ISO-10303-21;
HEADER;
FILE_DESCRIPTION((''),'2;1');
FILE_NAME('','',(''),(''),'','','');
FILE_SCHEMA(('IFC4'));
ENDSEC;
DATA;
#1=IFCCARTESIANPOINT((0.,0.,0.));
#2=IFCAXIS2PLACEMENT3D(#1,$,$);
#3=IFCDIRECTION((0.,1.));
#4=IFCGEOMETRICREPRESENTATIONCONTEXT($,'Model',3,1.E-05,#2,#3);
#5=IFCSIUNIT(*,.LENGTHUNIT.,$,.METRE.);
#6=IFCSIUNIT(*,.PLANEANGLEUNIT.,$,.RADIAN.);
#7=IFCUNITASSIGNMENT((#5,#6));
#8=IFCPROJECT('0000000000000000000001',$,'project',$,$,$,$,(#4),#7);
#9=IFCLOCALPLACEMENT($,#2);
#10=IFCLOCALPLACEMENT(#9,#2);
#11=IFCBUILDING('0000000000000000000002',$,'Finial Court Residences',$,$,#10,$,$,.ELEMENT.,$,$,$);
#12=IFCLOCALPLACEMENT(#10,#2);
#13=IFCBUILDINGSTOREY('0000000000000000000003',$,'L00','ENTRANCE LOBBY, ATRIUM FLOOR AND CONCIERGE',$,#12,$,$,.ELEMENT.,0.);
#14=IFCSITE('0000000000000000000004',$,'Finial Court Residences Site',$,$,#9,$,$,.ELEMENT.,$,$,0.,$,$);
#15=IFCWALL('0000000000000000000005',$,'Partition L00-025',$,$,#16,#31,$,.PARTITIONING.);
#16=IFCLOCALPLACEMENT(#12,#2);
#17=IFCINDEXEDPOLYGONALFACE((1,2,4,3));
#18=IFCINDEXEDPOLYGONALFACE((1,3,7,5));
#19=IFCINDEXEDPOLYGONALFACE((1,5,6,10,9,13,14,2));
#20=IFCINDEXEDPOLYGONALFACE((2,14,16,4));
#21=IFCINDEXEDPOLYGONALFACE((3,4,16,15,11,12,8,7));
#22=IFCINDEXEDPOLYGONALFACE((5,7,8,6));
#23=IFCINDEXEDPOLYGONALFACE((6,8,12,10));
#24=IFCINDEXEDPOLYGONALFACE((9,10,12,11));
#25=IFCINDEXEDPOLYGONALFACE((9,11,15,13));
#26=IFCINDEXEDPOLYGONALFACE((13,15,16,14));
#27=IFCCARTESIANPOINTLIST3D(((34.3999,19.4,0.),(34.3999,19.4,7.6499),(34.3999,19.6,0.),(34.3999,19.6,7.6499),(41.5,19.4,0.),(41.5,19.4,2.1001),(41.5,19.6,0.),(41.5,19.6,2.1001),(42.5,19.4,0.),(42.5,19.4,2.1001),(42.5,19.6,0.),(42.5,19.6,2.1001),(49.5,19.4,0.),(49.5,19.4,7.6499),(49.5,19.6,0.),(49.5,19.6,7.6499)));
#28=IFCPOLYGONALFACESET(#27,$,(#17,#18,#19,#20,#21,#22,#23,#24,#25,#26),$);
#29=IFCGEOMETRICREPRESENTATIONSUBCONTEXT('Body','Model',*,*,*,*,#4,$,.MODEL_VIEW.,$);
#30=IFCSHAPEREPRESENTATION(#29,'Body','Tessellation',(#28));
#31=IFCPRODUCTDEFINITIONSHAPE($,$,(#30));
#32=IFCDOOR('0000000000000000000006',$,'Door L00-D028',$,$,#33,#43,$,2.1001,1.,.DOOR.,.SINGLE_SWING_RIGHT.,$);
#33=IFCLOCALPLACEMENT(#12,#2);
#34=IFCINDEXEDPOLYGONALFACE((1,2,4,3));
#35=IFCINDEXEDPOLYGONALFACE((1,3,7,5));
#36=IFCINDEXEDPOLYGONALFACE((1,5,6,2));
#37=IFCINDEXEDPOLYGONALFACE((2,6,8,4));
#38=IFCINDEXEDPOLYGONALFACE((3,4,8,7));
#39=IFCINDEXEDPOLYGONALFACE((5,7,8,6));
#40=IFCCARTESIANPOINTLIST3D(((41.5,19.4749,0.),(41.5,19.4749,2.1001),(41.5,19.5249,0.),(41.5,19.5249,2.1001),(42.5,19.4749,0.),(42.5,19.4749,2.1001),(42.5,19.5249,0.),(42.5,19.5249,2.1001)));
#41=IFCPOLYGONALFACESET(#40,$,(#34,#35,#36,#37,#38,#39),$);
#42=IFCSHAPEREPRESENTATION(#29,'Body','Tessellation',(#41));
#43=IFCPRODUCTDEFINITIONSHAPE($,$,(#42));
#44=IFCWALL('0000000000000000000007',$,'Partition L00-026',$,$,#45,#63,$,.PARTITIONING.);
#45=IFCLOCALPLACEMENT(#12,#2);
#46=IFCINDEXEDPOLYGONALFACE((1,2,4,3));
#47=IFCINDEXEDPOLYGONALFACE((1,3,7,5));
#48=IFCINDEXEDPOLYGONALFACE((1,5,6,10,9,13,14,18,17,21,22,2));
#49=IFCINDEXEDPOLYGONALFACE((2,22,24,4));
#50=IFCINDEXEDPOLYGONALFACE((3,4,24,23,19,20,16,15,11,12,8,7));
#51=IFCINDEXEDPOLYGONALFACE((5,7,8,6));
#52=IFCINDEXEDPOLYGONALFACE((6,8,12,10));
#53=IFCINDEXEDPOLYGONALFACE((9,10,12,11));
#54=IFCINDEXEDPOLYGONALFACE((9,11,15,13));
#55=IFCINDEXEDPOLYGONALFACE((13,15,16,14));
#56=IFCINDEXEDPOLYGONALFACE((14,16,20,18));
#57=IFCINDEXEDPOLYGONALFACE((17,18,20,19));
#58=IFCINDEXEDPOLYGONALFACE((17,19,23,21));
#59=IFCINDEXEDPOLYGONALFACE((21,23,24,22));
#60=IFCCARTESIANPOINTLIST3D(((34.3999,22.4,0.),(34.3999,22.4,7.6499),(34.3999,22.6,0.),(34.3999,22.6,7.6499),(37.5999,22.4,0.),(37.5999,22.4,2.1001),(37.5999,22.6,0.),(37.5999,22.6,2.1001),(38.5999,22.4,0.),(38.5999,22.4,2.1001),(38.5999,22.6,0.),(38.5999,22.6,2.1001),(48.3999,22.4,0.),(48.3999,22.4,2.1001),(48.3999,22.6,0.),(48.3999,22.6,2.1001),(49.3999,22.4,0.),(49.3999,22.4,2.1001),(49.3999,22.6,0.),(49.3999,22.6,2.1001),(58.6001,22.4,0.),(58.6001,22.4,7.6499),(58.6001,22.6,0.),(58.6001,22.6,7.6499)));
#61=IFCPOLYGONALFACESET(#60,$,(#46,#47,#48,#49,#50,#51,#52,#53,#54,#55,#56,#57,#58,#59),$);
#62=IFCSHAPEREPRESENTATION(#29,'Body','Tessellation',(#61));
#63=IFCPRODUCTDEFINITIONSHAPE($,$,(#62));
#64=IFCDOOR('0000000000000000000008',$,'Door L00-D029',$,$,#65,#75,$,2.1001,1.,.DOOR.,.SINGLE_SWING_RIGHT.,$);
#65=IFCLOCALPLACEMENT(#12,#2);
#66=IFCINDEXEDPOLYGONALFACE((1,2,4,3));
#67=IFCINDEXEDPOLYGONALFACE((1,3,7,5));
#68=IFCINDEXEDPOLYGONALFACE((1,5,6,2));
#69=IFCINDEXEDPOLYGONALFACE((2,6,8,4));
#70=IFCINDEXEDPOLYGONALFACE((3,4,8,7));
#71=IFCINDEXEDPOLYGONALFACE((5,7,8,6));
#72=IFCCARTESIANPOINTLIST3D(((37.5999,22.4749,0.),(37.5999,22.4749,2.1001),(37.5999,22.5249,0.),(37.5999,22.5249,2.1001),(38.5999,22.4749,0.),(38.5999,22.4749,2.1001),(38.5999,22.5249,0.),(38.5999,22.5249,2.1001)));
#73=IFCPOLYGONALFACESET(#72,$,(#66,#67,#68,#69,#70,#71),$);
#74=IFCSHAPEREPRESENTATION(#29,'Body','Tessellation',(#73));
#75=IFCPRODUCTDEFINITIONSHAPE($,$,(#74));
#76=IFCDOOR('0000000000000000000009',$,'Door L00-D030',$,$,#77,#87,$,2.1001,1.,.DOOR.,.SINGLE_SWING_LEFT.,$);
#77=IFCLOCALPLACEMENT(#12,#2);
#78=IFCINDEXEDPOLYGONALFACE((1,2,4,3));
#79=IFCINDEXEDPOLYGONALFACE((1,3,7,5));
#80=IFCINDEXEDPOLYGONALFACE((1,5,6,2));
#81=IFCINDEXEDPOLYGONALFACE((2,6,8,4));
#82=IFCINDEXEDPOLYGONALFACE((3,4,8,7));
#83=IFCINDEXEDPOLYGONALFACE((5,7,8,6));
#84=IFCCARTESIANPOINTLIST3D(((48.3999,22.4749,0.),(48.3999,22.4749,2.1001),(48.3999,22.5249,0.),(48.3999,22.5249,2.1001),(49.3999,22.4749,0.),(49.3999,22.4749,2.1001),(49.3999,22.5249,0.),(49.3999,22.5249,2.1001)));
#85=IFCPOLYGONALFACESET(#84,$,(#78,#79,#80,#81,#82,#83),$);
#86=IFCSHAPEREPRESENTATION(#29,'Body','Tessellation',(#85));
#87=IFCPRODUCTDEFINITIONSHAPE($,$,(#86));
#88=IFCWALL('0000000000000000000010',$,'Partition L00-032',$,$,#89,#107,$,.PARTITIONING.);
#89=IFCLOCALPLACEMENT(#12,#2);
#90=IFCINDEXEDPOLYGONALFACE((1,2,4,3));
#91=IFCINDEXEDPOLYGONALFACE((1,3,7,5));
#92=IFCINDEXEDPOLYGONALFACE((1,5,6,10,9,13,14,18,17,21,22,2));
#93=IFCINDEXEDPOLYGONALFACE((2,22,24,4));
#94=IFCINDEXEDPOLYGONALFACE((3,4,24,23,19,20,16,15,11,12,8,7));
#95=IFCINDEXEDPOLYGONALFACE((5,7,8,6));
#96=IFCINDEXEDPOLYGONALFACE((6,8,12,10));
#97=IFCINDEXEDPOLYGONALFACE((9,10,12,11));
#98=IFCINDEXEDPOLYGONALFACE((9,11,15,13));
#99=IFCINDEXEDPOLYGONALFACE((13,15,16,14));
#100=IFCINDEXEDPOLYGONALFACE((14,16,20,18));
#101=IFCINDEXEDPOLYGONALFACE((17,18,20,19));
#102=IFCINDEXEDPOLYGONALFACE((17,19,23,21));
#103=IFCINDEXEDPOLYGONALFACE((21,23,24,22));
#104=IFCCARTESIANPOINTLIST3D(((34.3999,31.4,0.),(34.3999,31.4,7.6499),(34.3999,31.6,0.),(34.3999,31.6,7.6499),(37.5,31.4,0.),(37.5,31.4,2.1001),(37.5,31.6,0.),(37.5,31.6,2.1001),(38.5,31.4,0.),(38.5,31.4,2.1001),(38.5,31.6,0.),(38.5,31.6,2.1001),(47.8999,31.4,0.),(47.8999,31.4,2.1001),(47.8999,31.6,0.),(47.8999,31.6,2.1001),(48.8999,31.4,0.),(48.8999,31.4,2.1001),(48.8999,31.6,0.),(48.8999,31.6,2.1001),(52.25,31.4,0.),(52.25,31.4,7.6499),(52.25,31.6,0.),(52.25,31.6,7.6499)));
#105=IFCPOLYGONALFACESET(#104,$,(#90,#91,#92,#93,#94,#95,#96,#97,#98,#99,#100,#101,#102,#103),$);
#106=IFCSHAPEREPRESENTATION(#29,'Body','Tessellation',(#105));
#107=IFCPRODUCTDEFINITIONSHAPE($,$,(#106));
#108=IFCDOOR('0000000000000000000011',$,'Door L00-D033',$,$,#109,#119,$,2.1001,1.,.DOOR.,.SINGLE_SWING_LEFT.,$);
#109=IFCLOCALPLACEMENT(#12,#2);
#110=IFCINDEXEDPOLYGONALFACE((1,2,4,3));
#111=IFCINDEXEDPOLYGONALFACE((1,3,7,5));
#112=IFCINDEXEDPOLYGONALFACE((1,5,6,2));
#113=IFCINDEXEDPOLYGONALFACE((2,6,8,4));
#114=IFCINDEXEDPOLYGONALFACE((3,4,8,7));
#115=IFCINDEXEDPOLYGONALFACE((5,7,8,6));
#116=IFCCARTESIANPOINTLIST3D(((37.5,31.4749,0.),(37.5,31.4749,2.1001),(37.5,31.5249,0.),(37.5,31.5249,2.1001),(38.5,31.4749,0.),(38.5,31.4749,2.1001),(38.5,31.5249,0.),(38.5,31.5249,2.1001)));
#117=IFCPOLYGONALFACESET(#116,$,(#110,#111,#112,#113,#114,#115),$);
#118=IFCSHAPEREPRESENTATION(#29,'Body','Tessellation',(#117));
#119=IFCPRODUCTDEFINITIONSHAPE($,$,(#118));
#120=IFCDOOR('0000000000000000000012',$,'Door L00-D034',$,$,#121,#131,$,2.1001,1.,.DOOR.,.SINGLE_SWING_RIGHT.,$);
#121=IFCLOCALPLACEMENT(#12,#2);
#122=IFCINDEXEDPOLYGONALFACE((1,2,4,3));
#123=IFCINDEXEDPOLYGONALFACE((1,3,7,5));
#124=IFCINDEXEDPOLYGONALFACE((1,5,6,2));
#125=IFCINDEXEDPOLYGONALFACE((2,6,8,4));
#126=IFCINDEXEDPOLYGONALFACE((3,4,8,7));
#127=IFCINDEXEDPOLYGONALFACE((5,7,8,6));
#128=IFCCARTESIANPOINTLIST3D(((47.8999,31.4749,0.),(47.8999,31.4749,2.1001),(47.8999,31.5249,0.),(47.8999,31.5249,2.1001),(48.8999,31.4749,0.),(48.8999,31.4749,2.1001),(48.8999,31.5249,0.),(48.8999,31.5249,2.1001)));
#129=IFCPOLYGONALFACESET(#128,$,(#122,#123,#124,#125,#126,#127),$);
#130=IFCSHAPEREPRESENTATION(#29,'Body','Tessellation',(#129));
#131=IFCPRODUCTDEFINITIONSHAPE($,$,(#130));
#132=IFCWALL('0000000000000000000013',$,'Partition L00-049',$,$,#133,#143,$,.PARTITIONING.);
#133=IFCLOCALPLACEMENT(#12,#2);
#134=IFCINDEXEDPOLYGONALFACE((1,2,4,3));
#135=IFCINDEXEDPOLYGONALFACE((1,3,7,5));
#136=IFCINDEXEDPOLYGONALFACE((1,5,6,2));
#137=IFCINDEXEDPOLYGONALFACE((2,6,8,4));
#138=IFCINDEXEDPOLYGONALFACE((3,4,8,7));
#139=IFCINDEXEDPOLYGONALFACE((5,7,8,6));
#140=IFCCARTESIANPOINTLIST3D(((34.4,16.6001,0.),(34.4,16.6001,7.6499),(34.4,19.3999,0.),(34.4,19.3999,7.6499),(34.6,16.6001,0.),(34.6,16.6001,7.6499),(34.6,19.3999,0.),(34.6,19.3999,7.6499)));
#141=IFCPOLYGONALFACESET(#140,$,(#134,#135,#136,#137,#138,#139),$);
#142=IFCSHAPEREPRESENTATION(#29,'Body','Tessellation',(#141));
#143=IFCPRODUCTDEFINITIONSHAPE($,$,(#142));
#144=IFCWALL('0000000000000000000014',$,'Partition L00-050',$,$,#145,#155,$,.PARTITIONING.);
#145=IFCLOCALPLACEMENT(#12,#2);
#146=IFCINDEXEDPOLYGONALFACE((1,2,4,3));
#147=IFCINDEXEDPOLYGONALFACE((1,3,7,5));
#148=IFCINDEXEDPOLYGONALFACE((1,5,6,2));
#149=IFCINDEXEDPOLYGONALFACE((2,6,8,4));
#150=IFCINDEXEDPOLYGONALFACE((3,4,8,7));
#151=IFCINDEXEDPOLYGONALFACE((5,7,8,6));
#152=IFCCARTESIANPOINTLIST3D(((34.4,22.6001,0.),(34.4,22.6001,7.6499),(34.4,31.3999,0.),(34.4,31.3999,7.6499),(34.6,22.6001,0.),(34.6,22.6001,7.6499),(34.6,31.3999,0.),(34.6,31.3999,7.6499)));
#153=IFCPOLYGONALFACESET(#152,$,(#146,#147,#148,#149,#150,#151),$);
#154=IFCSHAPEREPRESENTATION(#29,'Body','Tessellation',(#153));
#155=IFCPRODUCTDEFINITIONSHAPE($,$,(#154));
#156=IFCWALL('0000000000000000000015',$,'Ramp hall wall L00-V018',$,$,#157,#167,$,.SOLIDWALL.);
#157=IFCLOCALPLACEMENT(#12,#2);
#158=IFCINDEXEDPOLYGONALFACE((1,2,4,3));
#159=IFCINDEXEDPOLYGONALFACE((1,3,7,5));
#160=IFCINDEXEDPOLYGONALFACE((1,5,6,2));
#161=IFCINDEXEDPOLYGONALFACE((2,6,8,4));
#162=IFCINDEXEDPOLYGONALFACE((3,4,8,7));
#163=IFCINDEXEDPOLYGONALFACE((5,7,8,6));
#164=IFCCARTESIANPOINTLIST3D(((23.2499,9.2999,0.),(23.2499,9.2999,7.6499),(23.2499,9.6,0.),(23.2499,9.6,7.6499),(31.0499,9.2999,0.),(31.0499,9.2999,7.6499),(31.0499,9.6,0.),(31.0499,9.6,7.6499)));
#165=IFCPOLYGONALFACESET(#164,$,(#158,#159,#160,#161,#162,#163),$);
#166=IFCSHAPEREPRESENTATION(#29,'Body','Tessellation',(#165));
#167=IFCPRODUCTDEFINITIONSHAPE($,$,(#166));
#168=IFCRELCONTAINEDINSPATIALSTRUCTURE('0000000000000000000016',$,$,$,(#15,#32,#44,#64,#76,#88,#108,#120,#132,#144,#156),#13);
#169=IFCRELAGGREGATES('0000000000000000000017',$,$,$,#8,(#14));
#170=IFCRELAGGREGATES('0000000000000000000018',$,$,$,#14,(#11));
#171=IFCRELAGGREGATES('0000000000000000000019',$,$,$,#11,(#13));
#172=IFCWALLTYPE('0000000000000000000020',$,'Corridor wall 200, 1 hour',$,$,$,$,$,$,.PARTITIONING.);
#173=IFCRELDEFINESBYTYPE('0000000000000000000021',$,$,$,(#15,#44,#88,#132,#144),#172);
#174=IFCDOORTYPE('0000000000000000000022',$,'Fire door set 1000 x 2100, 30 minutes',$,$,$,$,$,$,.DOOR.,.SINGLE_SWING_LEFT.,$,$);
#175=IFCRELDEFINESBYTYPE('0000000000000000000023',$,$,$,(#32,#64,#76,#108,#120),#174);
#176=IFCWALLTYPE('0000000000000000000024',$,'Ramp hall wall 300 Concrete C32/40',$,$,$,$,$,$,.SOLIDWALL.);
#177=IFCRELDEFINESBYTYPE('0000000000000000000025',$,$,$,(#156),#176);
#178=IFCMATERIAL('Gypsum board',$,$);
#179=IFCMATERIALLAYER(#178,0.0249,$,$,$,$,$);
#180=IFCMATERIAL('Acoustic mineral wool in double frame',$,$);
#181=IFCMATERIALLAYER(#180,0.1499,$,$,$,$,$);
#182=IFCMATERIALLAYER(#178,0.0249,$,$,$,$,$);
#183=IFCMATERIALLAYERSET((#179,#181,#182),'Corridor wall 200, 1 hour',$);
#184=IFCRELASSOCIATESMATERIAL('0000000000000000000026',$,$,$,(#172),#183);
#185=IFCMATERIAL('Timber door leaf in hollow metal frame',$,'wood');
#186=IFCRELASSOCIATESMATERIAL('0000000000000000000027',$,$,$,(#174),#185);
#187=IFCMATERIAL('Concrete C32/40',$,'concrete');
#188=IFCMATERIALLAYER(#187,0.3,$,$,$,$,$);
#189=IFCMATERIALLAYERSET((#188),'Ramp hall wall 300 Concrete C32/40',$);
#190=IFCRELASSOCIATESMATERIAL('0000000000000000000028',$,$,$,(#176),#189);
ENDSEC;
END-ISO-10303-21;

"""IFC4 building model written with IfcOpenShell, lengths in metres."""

from ifc_helpers import new_model, si_unit, direction, frame, frame_2d, origin, place, context, subcontext, project, spatial, rectangle, extrude, material, layer, layer_set, type_object, element, fill, save


model = new_model("IFC4")

# Units and contexts
model_context = context("Model", 3, precision=1e-05, world=origin(), true_north=direction((0.0, 1.0)))
body_context = subcontext(model_context, "Body", "Model", "MODEL_VIEW")
ifc_project = project(units=[si_unit("LENGTHUNIT", "METRE"), si_unit("PLANEANGLEUNIT", "RADIAN")], contexts=[model_context])

# Site, building, storey
site_placement = place(None, origin())
site = spatial("IfcSite", under=ifc_project, at=site_placement, Name="Finial Court Residences Site", CompositionType="ELEMENT", RefElevation=0.0)
building_placement = place(site_placement, origin())
building = spatial("IfcBuilding", under=site, at=building_placement, Name="Finial Court Residences", CompositionType="ELEMENT")
storey_placement = place(building_placement, origin())
storey = spatial("IfcBuildingStorey", under=building, at=storey_placement, Name="L00", Description="ENTRANCE LOBBY, ATRIUM FLOOR AND CONCIERGE", CompositionType="ELEMENT", Elevation=0.0)

# Shared definitions
ifc_material_1 = material(Name="Gypsum board")
ifc_layer_1 = layer(ifc_material_1, 0.0249)
ifc_material_2 = material(Name="Acoustic mineral wool in double frame")
ifc_layer_2 = layer(ifc_material_2, 0.1499)
ifc_layer_3 = layer(ifc_material_1, 0.0249)
ifc_layer_set_1 = layer_set([ifc_layer_1, ifc_layer_2, ifc_layer_3], Name="Corridor wall 200, 1 hour")
wall_type_1 = type_object("IfcWallType", Name="Corridor wall 200, 1 hour", PredefinedType="PARTITIONING", material=ifc_layer_set_1)

# Wall, opening, door
wall_1_placement = place(storey_placement, frame((34.3999, 19.5, 0.0), z_axis=(0.0, 0.0, 1.0), x_axis=(1.0, 0.0, 0.0)))
wall_1 = element("IfcWall", 1, at=wall_1_placement, inside=storey, type_object=wall_type_1, Name="Partition L00-025", PredefinedType="PARTITIONING", context=body_context, shape_type="SweptSolid", body=[
    extrude(rectangle(XDim=15.1001, YDim=0.2, at=frame_2d((7.55, 0.0))), origin(), (0.0, 0.0, 1.0), 7.6499),
])
opening_1_placement = place(wall_1_placement, frame((7.1001, 0.0, 0.0)))
opening_1 = element("IfcOpeningElement", 2, at=opening_1_placement, cuts=wall_1, PredefinedType="OPENING", context=body_context, shape_type="SweptSolid", body=[
    extrude(rectangle(XDim=1.0, YDim=2.1001, at=frame_2d((0.5, 1.05))), frame((0.0, 0.1099, 0.0), z_axis=(0.0, -1.0, 0.0), x_axis=(1.0, 0.0, 0.0)), (0.0, 0.0, 1.0), 0.22),
])
ifc_material_3 = material(Name="Timber door leaf in hollow metal frame", Category="wood")
door_type = type_object("IfcDoorType", Name="Fire door set 1000 x 2100, 30 minutes", OperationType="SINGLE_SWING_LEFT", PredefinedType="DOOR", material=ifc_material_3)
door_1_placement = place(opening_1_placement, origin())
door_1 = element("IfcDoor", 3, at=door_1_placement, inside=storey, type_object=door_type, Name="Door L00-D028", OperationType="SINGLE_SWING_RIGHT", OverallHeight=2.1001, OverallWidth=1.0, PredefinedType="DOOR", context=body_context, shape_type="SweptSolid", body=[
    extrude(rectangle(XDim=1.0, YDim=2.1001, at=frame_2d((0.5, 1.05))), frame((0.0, 0.0249, 0.0), z_axis=(0.0, -1.0, 0.0), x_axis=(1.0, 0.0, 0.0)), (0.0, 0.0, 1.0), 0.05),
])
fill(opening_1, door_1)

# Walls, openings, doors
wall_2_placement = place(storey_placement, frame((34.3999, 22.5, 0.0), z_axis=(0.0, 0.0, 1.0), x_axis=(1.0, 0.0, 0.0)))
wall_2 = element("IfcWall", 4, at=wall_2_placement, inside=storey, type_object=wall_type_1, Name="Partition L00-026", PredefinedType="PARTITIONING", context=body_context, shape_type="SweptSolid", body=[
    extrude(rectangle(XDim=24.2002, YDim=0.2, at=frame_2d((12.1001, 0.0))), origin(), (0.0, 0.0, 1.0), 7.6499),
])
opening_2_placement = place(wall_2_placement, frame((3.2, 0.0, 0.0)))
opening_2 = element("IfcOpeningElement", 5, at=opening_2_placement, cuts=wall_2, PredefinedType="OPENING", context=body_context, shape_type="SweptSolid", body=[
    extrude(rectangle(XDim=1.0, YDim=2.1001, at=frame_2d((0.5, 1.05))), frame((0.0, 0.1099, 0.0), z_axis=(0.0, -1.0, 0.0), x_axis=(1.0, 0.0, 0.0)), (0.0, 0.0, 1.0), 0.22),
])
opening_3_placement = place(wall_2_placement, frame((14.0, 0.0, 0.0)))
opening_3 = element("IfcOpeningElement", 6, at=opening_3_placement, cuts=wall_2, PredefinedType="OPENING", context=body_context, shape_type="SweptSolid", body=[
    extrude(rectangle(XDim=1.0, YDim=2.1001, at=frame_2d((0.5, 1.05))), frame((0.0, 0.1099, 0.0), z_axis=(0.0, -1.0, 0.0), x_axis=(1.0, 0.0, 0.0)), (0.0, 0.0, 1.0), 0.22),
])
door_2_placement = place(opening_2_placement, origin())
door_2 = element("IfcDoor", 7, at=door_2_placement, inside=storey, type_object=door_type, Name="Door L00-D029", OperationType="SINGLE_SWING_RIGHT", OverallHeight=2.1001, OverallWidth=1.0, PredefinedType="DOOR", context=body_context, shape_type="SweptSolid", body=[
    extrude(rectangle(XDim=1.0, YDim=2.1001, at=frame_2d((0.5, 1.05))), frame((0.0, 0.0249, 0.0), z_axis=(0.0, -1.0, 0.0), x_axis=(1.0, 0.0, 0.0)), (0.0, 0.0, 1.0), 0.05),
])
fill(opening_2, door_2)
door_3_placement = place(opening_3_placement, origin())
door_3 = element("IfcDoor", 8, at=door_3_placement, inside=storey, type_object=door_type, Name="Door L00-D030", OperationType="SINGLE_SWING_LEFT", OverallHeight=2.1001, OverallWidth=1.0, PredefinedType="DOOR", context=body_context, shape_type="SweptSolid", body=[
    extrude(rectangle(XDim=1.0, YDim=2.1001, at=frame_2d((0.5, 1.05))), frame((0.0, 0.0249, 0.0), z_axis=(0.0, -1.0, 0.0), x_axis=(1.0, 0.0, 0.0)), (0.0, 0.0, 1.0), 0.05),
])
fill(opening_3, door_3)
wall_3_placement = place(storey_placement, frame((34.3999, 31.5, 0.0), z_axis=(0.0, 0.0, 1.0), x_axis=(1.0, 0.0, 0.0)))
wall_3 = element("IfcWall", 9, at=wall_3_placement, inside=storey, type_object=wall_type_1, Name="Partition L00-032", PredefinedType="PARTITIONING", context=body_context, shape_type="SweptSolid", body=[
    extrude(rectangle(XDim=17.8501, YDim=0.2, at=frame_2d((8.925, 0.0))), origin(), (0.0, 0.0, 1.0), 7.6499),
])
opening_4_placement = place(wall_3_placement, frame((3.1001, 0.0, 0.0)))
opening_4 = element("IfcOpeningElement", 10, at=opening_4_placement, cuts=wall_3, PredefinedType="OPENING", context=body_context, shape_type="SweptSolid", body=[
    extrude(rectangle(XDim=1.0, YDim=2.1001, at=frame_2d((0.5, 1.05))), frame((0.0, 0.1099, 0.0), z_axis=(0.0, -1.0, 0.0), x_axis=(1.0, 0.0, 0.0)), (0.0, 0.0, 1.0), 0.22),
])
opening_5_placement = place(wall_3_placement, frame((13.5, 0.0, 0.0)))
opening_5 = element("IfcOpeningElement", 11, at=opening_5_placement, cuts=wall_3, PredefinedType="OPENING", context=body_context, shape_type="SweptSolid", body=[
    extrude(rectangle(XDim=1.0, YDim=2.1001, at=frame_2d((0.5, 1.05))), frame((0.0, 0.1099, 0.0), z_axis=(0.0, -1.0, 0.0), x_axis=(1.0, 0.0, 0.0)), (0.0, 0.0, 1.0), 0.22),
])
door_4_placement = place(opening_4_placement, origin())
door_4 = element("IfcDoor", 12, at=door_4_placement, inside=storey, type_object=door_type, Name="Door L00-D033", OperationType="SINGLE_SWING_LEFT", OverallHeight=2.1001, OverallWidth=1.0, PredefinedType="DOOR", context=body_context, shape_type="SweptSolid", body=[
    extrude(rectangle(XDim=1.0, YDim=2.1001, at=frame_2d((0.5, 1.05))), frame((0.0, 0.0249, 0.0), z_axis=(0.0, -1.0, 0.0), x_axis=(1.0, 0.0, 0.0)), (0.0, 0.0, 1.0), 0.05),
])
fill(opening_4, door_4)
door_5_placement = place(opening_5_placement, origin())
door_5 = element("IfcDoor", 13, at=door_5_placement, inside=storey, type_object=door_type, Name="Door L00-D034", OperationType="SINGLE_SWING_RIGHT", OverallHeight=2.1001, OverallWidth=1.0, PredefinedType="DOOR", context=body_context, shape_type="SweptSolid", body=[
    extrude(rectangle(XDim=1.0, YDim=2.1001, at=frame_2d((0.5, 1.05))), frame((0.0, 0.0249, 0.0), z_axis=(0.0, -1.0, 0.0), x_axis=(1.0, 0.0, 0.0)), (0.0, 0.0, 1.0), 0.05),
])
fill(opening_5, door_5)

# Walls
wall_4_placement = place(storey_placement, frame((34.5, 16.6001, 0.0), z_axis=(0.0, 0.0, 1.0), x_axis=(0.0, 1.0, 0.0)))
element("IfcWall", 14, at=wall_4_placement, inside=storey, type_object=wall_type_1, Name="Partition L00-049", PredefinedType="PARTITIONING", context=body_context, shape_type="SweptSolid", body=[
    extrude(rectangle(XDim=2.7998, YDim=0.2, at=frame_2d((1.3999, 0.0))), origin(), (0.0, 0.0, 1.0), 7.6499),
])
wall_5_placement = place(storey_placement, frame((34.5, 22.6001, 0.0), z_axis=(0.0, 0.0, 1.0), x_axis=(0.0, 1.0, 0.0)))
element("IfcWall", 15, at=wall_5_placement, inside=storey, type_object=wall_type_1, Name="Partition L00-050", PredefinedType="PARTITIONING", context=body_context, shape_type="SweptSolid", body=[
    extrude(rectangle(XDim=8.7998, YDim=0.2, at=frame_2d((4.3999, 0.0))), origin(), (0.0, 0.0, 1.0), 7.6499),
])
ifc_material_4 = material(Name="Concrete C32/40", Category="concrete")
ifc_layer_4 = layer(ifc_material_4, 0.3)
ifc_layer_set_2 = layer_set([ifc_layer_4], Name="Ramp hall wall 300 Concrete C32/40")
wall_type_2 = type_object("IfcWallType", Name="Ramp hall wall 300 Concrete C32/40", PredefinedType="SOLIDWALL", material=ifc_layer_set_2)
wall_6_placement = place(storey_placement, frame((23.25, 9.45, 0.0), z_axis=(0.0, 0.0, 1.0), x_axis=(1.0, 0.0, 0.0)))
element("IfcWall", 16, at=wall_6_placement, inside=storey, type_object=wall_type_2, Name="Ramp hall wall L00-V018", PredefinedType="SOLIDWALL", context=body_context, shape_type="SweptSolid", body=[
    extrude(rectangle(XDim=7.8, YDim=0.3, at=frame_2d((3.8999, 0.0))), origin(), (0.0, 0.0, 1.0), 7.6499),
])

save(model, "model.ifc")
